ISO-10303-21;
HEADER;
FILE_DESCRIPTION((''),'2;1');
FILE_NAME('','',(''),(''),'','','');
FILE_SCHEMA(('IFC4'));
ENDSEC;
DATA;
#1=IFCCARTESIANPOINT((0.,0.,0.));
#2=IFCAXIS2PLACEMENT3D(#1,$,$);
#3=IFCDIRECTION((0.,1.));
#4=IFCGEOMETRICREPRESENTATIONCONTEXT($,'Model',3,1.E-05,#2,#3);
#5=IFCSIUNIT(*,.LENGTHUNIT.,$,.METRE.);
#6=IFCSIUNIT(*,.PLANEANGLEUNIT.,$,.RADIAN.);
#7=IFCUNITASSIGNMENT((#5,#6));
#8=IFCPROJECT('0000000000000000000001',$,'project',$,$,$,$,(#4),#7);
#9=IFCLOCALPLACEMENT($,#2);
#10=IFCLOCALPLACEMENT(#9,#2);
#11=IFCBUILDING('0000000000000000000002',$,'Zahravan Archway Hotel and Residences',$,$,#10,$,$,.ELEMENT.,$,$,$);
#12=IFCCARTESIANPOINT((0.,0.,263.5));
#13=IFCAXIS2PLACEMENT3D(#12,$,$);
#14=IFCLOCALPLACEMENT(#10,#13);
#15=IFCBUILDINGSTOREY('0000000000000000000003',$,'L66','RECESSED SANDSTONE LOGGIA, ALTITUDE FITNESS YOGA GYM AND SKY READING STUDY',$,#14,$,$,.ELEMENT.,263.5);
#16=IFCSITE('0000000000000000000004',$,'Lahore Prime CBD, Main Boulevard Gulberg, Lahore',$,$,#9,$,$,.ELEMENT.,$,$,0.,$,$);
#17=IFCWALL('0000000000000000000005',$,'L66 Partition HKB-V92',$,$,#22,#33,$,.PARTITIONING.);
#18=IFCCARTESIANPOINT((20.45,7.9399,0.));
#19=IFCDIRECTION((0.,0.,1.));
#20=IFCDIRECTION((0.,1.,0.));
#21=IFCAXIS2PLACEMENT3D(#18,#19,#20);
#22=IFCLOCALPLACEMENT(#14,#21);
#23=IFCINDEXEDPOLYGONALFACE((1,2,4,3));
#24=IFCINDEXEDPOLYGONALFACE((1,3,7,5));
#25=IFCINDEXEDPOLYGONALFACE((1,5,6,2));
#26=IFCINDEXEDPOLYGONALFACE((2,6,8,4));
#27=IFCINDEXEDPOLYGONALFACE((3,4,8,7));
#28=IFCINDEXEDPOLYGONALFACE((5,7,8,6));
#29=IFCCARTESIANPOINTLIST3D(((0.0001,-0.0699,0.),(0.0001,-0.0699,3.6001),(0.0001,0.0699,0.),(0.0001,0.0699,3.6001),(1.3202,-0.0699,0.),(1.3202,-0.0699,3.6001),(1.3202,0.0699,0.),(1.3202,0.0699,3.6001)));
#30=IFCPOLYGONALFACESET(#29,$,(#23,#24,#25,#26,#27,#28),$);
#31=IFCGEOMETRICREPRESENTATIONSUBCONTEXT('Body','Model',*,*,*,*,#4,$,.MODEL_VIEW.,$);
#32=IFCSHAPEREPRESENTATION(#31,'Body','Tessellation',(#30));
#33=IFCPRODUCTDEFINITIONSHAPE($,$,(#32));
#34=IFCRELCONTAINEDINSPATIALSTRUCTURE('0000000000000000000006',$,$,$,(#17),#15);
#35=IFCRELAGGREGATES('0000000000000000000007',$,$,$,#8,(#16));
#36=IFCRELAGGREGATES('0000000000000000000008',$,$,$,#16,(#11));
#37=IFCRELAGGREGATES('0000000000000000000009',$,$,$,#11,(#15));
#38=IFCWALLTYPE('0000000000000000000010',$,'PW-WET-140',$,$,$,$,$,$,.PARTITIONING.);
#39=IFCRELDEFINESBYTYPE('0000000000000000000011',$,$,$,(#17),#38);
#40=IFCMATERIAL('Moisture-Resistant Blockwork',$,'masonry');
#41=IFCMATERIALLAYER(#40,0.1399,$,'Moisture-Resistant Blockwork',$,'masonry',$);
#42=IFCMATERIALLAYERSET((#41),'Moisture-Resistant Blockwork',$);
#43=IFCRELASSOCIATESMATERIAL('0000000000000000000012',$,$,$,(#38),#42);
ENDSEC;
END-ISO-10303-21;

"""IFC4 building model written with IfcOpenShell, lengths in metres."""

from ifc_helpers import new_model, si_unit, direction, frame, frame_2d, origin, place, context, subcontext, project, spatial, rectangle, extrude, material, layer, layer_set, type_object, element, save


model = new_model("IFC4")

# Units and contexts
model_context = context("Model", 3, precision=1e-05, world=origin(), true_north=direction((0.0, 1.0)))
body_context = subcontext(model_context, "Body", "Model", "MODEL_VIEW")
ifc_project = project(units=[si_unit("LENGTHUNIT", "METRE"), si_unit("PLANEANGLEUNIT", "RADIAN")], contexts=[model_context])

# Site, building, storey
site_placement = place(None, origin())
site = spatial("IfcSite", under=ifc_project, at=site_placement, Name="Lahore Prime CBD, Main Boulevard Gulberg, Lahore", CompositionType="ELEMENT", RefElevation=0.0)
building_placement = place(site_placement, origin())
building = spatial("IfcBuilding", under=site, at=building_placement, Name="Zahravan Archway Hotel and Residences", CompositionType="ELEMENT")
storey_placement = place(building_placement, frame((0.0, 0.0, 263.5)))
storey = spatial("IfcBuildingStorey", under=building, at=storey_placement, Name="L66", Description="RECESSED SANDSTONE LOGGIA, ALTITUDE FITNESS YOGA GYM AND SKY READING STUDY", CompositionType="ELEMENT", Elevation=263.5)

# Wall
ifc_material_1 = material(Name="Moisture-Resistant Blockwork", Category="masonry")
ifc_layer_1 = layer(ifc_material_1, 0.1399, Name="Moisture-Resistant Blockwork", Category="masonry")
ifc_layer_set_1 = layer_set([ifc_layer_1], Name="Moisture-Resistant Blockwork")
wall_type_1 = type_object("IfcWallType", Name="PW-WET-140", PredefinedType="PARTITIONING", material=ifc_layer_set_1)
wall_1_placement = place(storey_placement, frame((20.45, 7.9399, 0.0), z_axis=(0.0, 0.0, 1.0), x_axis=(0.0, 1.0, 0.0)))
element("IfcWall", 1, at=wall_1_placement, inside=storey, type_object=wall_type_1, Name="L66 Partition HKB-V92", PredefinedType="PARTITIONING", context=body_context, shape_type="SweptSolid", body=[
    extrude(rectangle(XDim=1.3201, YDim=0.1399, at=frame_2d((0.6602, 0.0))), origin(), (0.0, 0.0, 1.0), 3.6001),
])

save(model, "model.ifc")
